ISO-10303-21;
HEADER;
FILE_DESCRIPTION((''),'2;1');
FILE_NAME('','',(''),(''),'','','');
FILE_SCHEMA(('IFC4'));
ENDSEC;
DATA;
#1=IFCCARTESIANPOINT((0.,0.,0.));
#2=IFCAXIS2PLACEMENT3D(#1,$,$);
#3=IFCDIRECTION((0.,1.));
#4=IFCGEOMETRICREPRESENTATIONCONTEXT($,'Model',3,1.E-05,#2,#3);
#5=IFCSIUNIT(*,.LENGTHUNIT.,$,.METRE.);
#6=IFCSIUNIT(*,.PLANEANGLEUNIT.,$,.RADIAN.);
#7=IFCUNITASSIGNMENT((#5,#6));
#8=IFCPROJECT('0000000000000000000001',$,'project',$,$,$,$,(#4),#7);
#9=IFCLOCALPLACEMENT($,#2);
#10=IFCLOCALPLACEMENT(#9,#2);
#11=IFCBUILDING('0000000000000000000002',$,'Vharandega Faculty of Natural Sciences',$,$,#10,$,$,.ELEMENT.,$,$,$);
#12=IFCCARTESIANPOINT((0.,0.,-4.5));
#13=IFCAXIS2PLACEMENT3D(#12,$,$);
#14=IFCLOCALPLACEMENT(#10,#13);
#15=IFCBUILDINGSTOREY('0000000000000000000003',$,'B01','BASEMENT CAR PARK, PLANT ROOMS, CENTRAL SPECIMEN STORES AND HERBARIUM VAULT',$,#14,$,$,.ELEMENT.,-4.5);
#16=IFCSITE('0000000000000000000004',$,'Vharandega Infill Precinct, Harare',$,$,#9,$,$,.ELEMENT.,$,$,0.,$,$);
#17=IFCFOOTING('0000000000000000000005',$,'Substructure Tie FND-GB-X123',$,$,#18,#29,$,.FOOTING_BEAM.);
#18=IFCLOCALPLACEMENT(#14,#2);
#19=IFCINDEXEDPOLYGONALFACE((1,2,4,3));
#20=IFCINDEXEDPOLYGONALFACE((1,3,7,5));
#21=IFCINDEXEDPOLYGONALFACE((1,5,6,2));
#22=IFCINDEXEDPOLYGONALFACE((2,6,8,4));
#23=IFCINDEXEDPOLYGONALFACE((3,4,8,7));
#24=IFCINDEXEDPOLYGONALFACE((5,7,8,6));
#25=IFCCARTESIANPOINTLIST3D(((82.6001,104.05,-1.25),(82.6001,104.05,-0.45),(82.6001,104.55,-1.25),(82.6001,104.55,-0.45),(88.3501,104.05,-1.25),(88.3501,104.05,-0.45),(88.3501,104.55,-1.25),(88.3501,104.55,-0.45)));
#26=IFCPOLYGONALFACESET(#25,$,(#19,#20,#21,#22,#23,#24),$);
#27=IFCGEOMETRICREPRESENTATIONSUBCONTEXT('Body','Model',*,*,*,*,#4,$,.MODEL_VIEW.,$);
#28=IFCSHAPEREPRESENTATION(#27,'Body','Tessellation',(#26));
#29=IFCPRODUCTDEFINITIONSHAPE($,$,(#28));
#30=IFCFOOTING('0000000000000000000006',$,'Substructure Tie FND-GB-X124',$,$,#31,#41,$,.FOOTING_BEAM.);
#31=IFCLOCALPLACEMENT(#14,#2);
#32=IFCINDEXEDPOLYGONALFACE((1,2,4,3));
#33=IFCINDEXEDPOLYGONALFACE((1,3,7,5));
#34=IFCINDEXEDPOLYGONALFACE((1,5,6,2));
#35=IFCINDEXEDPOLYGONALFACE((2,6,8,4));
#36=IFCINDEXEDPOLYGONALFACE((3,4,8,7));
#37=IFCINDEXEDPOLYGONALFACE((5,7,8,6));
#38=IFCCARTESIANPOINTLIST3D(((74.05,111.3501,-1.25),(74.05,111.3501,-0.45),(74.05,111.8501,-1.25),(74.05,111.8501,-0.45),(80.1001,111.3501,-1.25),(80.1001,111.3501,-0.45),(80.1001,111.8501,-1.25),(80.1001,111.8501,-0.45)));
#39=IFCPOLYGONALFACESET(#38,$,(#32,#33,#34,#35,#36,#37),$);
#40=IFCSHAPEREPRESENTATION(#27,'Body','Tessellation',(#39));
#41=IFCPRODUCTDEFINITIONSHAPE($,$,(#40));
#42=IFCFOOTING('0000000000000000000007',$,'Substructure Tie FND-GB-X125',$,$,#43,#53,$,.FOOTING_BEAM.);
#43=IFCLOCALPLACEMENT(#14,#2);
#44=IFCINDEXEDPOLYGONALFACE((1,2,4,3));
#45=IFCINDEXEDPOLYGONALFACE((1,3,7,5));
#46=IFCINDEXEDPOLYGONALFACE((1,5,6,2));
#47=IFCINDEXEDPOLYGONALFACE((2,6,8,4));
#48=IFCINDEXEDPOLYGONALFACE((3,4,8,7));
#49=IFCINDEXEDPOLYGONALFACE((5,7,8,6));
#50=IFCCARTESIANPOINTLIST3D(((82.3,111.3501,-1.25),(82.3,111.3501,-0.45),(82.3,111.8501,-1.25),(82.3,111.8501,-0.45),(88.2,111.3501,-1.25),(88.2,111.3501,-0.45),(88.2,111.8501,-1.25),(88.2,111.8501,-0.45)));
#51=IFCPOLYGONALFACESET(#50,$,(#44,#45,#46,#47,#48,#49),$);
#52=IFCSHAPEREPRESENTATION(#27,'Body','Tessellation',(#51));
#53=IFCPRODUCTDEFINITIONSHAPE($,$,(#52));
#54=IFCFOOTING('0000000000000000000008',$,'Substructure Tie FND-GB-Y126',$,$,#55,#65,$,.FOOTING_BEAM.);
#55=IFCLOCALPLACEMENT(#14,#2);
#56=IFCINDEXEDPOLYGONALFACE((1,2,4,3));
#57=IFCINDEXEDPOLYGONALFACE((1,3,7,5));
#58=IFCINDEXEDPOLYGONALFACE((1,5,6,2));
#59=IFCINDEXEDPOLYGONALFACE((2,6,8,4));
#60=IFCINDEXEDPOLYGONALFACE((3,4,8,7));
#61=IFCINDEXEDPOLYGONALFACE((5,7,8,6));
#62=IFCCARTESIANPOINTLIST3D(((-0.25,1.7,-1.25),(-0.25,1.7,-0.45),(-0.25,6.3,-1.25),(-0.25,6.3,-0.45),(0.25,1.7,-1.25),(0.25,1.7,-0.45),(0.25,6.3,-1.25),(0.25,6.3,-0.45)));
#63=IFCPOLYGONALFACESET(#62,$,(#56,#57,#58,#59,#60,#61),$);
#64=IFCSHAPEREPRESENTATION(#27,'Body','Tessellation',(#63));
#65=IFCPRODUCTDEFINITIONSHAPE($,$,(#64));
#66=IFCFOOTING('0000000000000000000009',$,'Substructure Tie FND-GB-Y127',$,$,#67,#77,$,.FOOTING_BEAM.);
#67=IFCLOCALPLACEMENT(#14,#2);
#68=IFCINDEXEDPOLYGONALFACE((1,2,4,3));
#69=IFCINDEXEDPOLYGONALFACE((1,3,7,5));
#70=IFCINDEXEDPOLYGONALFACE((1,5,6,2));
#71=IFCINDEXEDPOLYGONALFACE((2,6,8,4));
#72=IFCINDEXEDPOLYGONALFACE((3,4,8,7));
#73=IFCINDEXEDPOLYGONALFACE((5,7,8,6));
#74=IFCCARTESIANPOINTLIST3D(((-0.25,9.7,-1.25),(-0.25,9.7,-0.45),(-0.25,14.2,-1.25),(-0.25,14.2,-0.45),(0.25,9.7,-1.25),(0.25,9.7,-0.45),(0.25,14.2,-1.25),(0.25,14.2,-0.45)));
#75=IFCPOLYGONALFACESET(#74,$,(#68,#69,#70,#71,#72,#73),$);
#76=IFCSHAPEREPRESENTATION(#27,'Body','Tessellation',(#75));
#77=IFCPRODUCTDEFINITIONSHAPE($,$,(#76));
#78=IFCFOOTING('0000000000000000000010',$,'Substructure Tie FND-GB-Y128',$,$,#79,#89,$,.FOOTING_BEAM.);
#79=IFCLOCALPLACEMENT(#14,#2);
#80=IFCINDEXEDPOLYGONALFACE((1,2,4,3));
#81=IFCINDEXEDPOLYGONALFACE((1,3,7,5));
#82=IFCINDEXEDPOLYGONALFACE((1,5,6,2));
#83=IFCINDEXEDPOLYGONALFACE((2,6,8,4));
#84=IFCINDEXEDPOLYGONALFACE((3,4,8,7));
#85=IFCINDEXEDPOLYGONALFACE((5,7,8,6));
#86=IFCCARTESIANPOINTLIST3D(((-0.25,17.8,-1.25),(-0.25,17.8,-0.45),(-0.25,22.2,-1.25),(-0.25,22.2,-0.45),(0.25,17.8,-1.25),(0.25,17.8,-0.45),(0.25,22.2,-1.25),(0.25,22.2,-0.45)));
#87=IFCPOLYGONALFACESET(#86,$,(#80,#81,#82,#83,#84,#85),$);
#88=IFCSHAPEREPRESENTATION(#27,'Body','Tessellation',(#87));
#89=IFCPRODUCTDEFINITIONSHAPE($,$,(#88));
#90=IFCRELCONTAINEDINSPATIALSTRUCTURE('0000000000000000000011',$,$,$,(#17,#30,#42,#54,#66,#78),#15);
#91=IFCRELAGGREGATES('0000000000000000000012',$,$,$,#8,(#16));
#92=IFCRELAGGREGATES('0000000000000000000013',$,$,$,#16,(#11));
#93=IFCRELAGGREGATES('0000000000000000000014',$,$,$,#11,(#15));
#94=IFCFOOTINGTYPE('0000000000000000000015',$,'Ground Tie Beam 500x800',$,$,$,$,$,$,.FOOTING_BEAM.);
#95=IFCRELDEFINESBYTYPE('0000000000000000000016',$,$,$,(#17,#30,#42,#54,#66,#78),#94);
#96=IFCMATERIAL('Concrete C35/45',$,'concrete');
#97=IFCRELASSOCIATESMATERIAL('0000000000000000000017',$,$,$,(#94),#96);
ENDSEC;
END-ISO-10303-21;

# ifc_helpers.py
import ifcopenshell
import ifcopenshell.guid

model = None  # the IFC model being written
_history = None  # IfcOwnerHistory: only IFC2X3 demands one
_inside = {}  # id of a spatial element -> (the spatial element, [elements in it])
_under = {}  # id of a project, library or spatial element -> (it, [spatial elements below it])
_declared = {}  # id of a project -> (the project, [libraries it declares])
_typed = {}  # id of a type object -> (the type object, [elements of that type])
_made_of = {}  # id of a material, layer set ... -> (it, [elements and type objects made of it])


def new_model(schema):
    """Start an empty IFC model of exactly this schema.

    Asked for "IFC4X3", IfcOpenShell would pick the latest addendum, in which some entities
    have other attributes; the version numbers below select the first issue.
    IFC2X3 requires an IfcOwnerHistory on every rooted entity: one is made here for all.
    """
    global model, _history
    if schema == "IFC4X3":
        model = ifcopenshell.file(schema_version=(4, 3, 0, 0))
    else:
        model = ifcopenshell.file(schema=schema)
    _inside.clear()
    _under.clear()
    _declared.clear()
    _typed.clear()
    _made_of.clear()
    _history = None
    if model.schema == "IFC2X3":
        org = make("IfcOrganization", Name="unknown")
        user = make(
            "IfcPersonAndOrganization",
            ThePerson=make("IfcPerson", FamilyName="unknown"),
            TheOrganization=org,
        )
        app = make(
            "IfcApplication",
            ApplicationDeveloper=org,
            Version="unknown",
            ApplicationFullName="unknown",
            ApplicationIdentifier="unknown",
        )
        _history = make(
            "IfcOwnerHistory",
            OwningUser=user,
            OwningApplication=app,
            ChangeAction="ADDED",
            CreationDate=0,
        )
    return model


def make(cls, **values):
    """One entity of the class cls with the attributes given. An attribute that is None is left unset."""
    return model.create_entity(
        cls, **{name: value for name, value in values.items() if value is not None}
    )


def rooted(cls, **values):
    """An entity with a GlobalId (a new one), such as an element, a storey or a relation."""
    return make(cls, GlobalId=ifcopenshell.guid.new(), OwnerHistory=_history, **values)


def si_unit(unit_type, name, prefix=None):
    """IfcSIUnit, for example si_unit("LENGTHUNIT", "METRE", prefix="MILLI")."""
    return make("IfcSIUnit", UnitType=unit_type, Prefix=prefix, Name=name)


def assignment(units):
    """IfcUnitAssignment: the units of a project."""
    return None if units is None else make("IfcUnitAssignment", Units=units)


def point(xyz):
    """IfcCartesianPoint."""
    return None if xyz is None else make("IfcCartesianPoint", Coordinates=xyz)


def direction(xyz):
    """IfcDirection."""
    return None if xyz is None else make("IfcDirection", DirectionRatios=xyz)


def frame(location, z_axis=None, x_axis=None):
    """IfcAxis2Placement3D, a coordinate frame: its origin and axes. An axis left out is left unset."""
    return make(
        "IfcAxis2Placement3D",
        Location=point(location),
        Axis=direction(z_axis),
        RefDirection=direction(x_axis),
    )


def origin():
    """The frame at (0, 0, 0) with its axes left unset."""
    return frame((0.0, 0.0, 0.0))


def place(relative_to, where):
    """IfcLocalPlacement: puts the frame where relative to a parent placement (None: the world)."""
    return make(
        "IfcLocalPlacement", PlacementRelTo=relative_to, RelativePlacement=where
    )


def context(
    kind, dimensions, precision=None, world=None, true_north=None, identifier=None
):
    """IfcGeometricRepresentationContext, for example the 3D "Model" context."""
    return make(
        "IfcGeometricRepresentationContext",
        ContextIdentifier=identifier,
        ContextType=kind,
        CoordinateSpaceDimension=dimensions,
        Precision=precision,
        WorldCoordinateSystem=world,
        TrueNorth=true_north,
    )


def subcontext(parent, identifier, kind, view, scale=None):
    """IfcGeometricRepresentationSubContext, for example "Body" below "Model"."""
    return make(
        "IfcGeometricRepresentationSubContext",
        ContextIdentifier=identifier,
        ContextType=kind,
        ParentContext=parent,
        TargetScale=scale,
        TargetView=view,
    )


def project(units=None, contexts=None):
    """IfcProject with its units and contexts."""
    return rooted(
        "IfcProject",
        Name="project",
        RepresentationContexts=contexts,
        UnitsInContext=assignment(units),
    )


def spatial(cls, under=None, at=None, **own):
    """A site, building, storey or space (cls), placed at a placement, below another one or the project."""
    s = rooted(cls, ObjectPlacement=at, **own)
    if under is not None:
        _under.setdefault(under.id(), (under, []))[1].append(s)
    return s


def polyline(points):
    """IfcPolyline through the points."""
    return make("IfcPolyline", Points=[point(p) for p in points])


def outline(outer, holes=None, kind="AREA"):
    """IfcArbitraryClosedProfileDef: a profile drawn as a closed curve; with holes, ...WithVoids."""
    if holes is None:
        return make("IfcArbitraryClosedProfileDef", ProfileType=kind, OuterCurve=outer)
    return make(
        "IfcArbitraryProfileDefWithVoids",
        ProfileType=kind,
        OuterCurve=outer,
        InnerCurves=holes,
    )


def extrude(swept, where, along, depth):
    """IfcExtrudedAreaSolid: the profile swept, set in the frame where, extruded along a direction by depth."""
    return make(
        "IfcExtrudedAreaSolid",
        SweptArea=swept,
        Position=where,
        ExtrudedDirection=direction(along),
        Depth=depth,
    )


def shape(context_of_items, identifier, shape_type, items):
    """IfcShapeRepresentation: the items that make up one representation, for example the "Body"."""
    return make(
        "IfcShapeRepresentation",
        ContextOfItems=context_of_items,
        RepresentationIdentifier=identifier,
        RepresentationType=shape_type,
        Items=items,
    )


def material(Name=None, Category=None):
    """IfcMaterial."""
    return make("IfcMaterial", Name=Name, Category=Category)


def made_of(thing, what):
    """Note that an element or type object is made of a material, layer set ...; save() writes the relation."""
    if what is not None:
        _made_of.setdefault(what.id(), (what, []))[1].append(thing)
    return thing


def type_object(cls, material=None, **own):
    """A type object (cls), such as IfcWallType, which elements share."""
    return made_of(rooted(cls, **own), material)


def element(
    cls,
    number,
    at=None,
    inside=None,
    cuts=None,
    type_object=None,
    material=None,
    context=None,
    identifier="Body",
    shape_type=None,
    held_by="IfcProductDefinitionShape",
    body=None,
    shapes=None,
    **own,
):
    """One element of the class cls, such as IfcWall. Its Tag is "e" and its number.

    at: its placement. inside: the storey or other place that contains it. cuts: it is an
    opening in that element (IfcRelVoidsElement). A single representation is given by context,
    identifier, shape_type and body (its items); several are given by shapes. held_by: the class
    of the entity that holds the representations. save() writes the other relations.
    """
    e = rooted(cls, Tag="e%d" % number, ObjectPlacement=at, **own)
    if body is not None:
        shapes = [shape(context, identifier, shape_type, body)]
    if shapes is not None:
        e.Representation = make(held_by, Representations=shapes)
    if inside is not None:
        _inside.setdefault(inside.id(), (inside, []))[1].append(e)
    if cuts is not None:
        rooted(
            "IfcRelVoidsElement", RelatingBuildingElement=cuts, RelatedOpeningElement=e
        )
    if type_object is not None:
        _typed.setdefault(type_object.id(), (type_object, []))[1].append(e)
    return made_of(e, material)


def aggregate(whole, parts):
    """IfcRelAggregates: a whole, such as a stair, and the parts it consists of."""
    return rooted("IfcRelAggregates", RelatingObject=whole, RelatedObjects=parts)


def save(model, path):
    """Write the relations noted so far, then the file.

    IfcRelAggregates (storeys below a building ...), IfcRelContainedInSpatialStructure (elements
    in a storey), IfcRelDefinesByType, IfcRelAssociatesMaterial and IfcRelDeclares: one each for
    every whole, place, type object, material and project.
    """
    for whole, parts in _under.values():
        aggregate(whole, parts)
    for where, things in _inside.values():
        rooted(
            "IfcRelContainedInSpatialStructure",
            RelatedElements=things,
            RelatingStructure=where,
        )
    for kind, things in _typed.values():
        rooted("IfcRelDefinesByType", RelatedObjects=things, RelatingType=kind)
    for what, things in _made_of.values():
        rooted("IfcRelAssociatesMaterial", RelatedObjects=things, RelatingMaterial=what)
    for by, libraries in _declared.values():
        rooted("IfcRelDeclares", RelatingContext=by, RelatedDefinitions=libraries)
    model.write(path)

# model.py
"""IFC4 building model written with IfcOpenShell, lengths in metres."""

from ifc_helpers import new_model, si_unit, direction, frame, origin, place, context, subcontext, project, spatial, polyline, outline, extrude, material, type_object, element, save


model = new_model("IFC4")

# Units and contexts
model_context = context("Model", 3, precision=1e-05, world=origin(), true_north=direction((0.0, 1.0)))
body_context = subcontext(model_context, "Body", "Model", "MODEL_VIEW")
ifc_project = project(units=[si_unit("LENGTHUNIT", "METRE"), si_unit("PLANEANGLEUNIT", "RADIAN")], contexts=[model_context])

# Site, building, storey
site_placement = place(None, origin())
site = spatial("IfcSite", under=ifc_project, at=site_placement, Name="Vharandega Infill Precinct, Harare", CompositionType="ELEMENT", RefElevation=0.0)
building_placement = place(site_placement, origin())
building = spatial("IfcBuilding", under=site, at=building_placement, Name="Vharandega Faculty of Natural Sciences", CompositionType="ELEMENT")
storey_placement = place(building_placement, frame((0.0, 0.0, -4.5)))
storey = spatial("IfcBuildingStorey", under=building, at=storey_placement, Name="B01", Description="BASEMENT CAR PARK, PLANT ROOMS, CENTRAL SPECIMEN STORES AND HERBARIUM VAULT", CompositionType="ELEMENT", Elevation=-4.5)

# Footings
ifc_material = material(Name="Concrete C35/45", Category="concrete")
footing_type = type_object("IfcFootingType", Name="Ground Tie Beam 500x800", PredefinedType="FOOTING_BEAM", material=ifc_material)
footing_1_placement = place(storey_placement, frame((0.0, 0.0, -1.25)))
element("IfcFooting", 1, at=footing_1_placement, inside=storey, type_object=footing_type, Name="Substructure Tie FND-GB-X123", PredefinedType="FOOTING_BEAM", context=body_context, shape_type="SweptSolid", body=[
    extrude(outline(polyline([(82.6001, 104.05), (88.3501, 104.05), (88.3501, 104.55), (82.6001, 104.55), (82.6001, 104.05)])), origin(), (0.0, 0.0, 1.0), 0.8),
])
footing_2_placement = place(storey_placement, frame((0.0, 0.0, -1.25)))
element("IfcFooting", 2, at=footing_2_placement, inside=storey, type_object=footing_type, Name="Substructure Tie FND-GB-X124", PredefinedType="FOOTING_BEAM", context=body_context, shape_type="SweptSolid", body=[
    extrude(outline(polyline([(74.05, 111.3501), (80.1001, 111.3501), (80.1001, 111.8501), (74.05, 111.8501), (74.05, 111.3501)])), origin(), (0.0, 0.0, 1.0), 0.8),
])
footing_3_placement = place(storey_placement, frame((0.0, 0.0, -1.25)))
element("IfcFooting", 3, at=footing_3_placement, inside=storey, type_object=footing_type, Name="Substructure Tie FND-GB-X125", PredefinedType="FOOTING_BEAM", context=body_context, shape_type="SweptSolid", body=[
    extrude(outline(polyline([(82.3, 111.3501), (88.2, 111.3501), (88.2, 111.8501), (82.3, 111.8501), (82.3, 111.3501)])), origin(), (0.0, 0.0, 1.0), 0.8),
])
footing_4_placement = place(storey_placement, frame((0.0, 0.0, -1.25)))
element("IfcFooting", 4, at=footing_4_placement, inside=storey, type_object=footing_type, Name="Substructure Tie FND-GB-Y126", PredefinedType="FOOTING_BEAM", context=body_context, shape_type="SweptSolid", body=[
    extrude(outline(polyline([(-0.25, 1.7), (0.25, 1.7), (0.25, 6.3), (-0.25, 6.3), (-0.25, 1.7)])), origin(), (0.0, 0.0, 1.0), 0.8),
])
footing_5_placement = place(storey_placement, frame((0.0, 0.0, -1.25)))
element("IfcFooting", 5, at=footing_5_placement, inside=storey, type_object=footing_type, Name="Substructure Tie FND-GB-Y127", PredefinedType="FOOTING_BEAM", context=body_context, shape_type="SweptSolid", body=[
    extrude(outline(polyline([(-0.25, 9.7), (0.25, 9.7), (0.25, 14.2), (-0.25, 14.2), (-0.25, 9.7)])), origin(), (0.0, 0.0, 1.0), 0.8),
])
footing_6_placement = place(storey_placement, frame((0.0, 0.0, -1.25)))
element("IfcFooting", 6, at=footing_6_placement, inside=storey, type_object=footing_type, Name="Substructure Tie FND-GB-Y128", PredefinedType="FOOTING_BEAM", context=body_context, shape_type="SweptSolid", body=[
    extrude(outline(polyline([(-0.25, 17.8), (0.25, 17.8), (0.25, 22.2), (-0.25, 22.2), (-0.25, 17.8)])), origin(), (0.0, 0.0, 1.0), 0.8),
])

save(model, "model.ifc")
